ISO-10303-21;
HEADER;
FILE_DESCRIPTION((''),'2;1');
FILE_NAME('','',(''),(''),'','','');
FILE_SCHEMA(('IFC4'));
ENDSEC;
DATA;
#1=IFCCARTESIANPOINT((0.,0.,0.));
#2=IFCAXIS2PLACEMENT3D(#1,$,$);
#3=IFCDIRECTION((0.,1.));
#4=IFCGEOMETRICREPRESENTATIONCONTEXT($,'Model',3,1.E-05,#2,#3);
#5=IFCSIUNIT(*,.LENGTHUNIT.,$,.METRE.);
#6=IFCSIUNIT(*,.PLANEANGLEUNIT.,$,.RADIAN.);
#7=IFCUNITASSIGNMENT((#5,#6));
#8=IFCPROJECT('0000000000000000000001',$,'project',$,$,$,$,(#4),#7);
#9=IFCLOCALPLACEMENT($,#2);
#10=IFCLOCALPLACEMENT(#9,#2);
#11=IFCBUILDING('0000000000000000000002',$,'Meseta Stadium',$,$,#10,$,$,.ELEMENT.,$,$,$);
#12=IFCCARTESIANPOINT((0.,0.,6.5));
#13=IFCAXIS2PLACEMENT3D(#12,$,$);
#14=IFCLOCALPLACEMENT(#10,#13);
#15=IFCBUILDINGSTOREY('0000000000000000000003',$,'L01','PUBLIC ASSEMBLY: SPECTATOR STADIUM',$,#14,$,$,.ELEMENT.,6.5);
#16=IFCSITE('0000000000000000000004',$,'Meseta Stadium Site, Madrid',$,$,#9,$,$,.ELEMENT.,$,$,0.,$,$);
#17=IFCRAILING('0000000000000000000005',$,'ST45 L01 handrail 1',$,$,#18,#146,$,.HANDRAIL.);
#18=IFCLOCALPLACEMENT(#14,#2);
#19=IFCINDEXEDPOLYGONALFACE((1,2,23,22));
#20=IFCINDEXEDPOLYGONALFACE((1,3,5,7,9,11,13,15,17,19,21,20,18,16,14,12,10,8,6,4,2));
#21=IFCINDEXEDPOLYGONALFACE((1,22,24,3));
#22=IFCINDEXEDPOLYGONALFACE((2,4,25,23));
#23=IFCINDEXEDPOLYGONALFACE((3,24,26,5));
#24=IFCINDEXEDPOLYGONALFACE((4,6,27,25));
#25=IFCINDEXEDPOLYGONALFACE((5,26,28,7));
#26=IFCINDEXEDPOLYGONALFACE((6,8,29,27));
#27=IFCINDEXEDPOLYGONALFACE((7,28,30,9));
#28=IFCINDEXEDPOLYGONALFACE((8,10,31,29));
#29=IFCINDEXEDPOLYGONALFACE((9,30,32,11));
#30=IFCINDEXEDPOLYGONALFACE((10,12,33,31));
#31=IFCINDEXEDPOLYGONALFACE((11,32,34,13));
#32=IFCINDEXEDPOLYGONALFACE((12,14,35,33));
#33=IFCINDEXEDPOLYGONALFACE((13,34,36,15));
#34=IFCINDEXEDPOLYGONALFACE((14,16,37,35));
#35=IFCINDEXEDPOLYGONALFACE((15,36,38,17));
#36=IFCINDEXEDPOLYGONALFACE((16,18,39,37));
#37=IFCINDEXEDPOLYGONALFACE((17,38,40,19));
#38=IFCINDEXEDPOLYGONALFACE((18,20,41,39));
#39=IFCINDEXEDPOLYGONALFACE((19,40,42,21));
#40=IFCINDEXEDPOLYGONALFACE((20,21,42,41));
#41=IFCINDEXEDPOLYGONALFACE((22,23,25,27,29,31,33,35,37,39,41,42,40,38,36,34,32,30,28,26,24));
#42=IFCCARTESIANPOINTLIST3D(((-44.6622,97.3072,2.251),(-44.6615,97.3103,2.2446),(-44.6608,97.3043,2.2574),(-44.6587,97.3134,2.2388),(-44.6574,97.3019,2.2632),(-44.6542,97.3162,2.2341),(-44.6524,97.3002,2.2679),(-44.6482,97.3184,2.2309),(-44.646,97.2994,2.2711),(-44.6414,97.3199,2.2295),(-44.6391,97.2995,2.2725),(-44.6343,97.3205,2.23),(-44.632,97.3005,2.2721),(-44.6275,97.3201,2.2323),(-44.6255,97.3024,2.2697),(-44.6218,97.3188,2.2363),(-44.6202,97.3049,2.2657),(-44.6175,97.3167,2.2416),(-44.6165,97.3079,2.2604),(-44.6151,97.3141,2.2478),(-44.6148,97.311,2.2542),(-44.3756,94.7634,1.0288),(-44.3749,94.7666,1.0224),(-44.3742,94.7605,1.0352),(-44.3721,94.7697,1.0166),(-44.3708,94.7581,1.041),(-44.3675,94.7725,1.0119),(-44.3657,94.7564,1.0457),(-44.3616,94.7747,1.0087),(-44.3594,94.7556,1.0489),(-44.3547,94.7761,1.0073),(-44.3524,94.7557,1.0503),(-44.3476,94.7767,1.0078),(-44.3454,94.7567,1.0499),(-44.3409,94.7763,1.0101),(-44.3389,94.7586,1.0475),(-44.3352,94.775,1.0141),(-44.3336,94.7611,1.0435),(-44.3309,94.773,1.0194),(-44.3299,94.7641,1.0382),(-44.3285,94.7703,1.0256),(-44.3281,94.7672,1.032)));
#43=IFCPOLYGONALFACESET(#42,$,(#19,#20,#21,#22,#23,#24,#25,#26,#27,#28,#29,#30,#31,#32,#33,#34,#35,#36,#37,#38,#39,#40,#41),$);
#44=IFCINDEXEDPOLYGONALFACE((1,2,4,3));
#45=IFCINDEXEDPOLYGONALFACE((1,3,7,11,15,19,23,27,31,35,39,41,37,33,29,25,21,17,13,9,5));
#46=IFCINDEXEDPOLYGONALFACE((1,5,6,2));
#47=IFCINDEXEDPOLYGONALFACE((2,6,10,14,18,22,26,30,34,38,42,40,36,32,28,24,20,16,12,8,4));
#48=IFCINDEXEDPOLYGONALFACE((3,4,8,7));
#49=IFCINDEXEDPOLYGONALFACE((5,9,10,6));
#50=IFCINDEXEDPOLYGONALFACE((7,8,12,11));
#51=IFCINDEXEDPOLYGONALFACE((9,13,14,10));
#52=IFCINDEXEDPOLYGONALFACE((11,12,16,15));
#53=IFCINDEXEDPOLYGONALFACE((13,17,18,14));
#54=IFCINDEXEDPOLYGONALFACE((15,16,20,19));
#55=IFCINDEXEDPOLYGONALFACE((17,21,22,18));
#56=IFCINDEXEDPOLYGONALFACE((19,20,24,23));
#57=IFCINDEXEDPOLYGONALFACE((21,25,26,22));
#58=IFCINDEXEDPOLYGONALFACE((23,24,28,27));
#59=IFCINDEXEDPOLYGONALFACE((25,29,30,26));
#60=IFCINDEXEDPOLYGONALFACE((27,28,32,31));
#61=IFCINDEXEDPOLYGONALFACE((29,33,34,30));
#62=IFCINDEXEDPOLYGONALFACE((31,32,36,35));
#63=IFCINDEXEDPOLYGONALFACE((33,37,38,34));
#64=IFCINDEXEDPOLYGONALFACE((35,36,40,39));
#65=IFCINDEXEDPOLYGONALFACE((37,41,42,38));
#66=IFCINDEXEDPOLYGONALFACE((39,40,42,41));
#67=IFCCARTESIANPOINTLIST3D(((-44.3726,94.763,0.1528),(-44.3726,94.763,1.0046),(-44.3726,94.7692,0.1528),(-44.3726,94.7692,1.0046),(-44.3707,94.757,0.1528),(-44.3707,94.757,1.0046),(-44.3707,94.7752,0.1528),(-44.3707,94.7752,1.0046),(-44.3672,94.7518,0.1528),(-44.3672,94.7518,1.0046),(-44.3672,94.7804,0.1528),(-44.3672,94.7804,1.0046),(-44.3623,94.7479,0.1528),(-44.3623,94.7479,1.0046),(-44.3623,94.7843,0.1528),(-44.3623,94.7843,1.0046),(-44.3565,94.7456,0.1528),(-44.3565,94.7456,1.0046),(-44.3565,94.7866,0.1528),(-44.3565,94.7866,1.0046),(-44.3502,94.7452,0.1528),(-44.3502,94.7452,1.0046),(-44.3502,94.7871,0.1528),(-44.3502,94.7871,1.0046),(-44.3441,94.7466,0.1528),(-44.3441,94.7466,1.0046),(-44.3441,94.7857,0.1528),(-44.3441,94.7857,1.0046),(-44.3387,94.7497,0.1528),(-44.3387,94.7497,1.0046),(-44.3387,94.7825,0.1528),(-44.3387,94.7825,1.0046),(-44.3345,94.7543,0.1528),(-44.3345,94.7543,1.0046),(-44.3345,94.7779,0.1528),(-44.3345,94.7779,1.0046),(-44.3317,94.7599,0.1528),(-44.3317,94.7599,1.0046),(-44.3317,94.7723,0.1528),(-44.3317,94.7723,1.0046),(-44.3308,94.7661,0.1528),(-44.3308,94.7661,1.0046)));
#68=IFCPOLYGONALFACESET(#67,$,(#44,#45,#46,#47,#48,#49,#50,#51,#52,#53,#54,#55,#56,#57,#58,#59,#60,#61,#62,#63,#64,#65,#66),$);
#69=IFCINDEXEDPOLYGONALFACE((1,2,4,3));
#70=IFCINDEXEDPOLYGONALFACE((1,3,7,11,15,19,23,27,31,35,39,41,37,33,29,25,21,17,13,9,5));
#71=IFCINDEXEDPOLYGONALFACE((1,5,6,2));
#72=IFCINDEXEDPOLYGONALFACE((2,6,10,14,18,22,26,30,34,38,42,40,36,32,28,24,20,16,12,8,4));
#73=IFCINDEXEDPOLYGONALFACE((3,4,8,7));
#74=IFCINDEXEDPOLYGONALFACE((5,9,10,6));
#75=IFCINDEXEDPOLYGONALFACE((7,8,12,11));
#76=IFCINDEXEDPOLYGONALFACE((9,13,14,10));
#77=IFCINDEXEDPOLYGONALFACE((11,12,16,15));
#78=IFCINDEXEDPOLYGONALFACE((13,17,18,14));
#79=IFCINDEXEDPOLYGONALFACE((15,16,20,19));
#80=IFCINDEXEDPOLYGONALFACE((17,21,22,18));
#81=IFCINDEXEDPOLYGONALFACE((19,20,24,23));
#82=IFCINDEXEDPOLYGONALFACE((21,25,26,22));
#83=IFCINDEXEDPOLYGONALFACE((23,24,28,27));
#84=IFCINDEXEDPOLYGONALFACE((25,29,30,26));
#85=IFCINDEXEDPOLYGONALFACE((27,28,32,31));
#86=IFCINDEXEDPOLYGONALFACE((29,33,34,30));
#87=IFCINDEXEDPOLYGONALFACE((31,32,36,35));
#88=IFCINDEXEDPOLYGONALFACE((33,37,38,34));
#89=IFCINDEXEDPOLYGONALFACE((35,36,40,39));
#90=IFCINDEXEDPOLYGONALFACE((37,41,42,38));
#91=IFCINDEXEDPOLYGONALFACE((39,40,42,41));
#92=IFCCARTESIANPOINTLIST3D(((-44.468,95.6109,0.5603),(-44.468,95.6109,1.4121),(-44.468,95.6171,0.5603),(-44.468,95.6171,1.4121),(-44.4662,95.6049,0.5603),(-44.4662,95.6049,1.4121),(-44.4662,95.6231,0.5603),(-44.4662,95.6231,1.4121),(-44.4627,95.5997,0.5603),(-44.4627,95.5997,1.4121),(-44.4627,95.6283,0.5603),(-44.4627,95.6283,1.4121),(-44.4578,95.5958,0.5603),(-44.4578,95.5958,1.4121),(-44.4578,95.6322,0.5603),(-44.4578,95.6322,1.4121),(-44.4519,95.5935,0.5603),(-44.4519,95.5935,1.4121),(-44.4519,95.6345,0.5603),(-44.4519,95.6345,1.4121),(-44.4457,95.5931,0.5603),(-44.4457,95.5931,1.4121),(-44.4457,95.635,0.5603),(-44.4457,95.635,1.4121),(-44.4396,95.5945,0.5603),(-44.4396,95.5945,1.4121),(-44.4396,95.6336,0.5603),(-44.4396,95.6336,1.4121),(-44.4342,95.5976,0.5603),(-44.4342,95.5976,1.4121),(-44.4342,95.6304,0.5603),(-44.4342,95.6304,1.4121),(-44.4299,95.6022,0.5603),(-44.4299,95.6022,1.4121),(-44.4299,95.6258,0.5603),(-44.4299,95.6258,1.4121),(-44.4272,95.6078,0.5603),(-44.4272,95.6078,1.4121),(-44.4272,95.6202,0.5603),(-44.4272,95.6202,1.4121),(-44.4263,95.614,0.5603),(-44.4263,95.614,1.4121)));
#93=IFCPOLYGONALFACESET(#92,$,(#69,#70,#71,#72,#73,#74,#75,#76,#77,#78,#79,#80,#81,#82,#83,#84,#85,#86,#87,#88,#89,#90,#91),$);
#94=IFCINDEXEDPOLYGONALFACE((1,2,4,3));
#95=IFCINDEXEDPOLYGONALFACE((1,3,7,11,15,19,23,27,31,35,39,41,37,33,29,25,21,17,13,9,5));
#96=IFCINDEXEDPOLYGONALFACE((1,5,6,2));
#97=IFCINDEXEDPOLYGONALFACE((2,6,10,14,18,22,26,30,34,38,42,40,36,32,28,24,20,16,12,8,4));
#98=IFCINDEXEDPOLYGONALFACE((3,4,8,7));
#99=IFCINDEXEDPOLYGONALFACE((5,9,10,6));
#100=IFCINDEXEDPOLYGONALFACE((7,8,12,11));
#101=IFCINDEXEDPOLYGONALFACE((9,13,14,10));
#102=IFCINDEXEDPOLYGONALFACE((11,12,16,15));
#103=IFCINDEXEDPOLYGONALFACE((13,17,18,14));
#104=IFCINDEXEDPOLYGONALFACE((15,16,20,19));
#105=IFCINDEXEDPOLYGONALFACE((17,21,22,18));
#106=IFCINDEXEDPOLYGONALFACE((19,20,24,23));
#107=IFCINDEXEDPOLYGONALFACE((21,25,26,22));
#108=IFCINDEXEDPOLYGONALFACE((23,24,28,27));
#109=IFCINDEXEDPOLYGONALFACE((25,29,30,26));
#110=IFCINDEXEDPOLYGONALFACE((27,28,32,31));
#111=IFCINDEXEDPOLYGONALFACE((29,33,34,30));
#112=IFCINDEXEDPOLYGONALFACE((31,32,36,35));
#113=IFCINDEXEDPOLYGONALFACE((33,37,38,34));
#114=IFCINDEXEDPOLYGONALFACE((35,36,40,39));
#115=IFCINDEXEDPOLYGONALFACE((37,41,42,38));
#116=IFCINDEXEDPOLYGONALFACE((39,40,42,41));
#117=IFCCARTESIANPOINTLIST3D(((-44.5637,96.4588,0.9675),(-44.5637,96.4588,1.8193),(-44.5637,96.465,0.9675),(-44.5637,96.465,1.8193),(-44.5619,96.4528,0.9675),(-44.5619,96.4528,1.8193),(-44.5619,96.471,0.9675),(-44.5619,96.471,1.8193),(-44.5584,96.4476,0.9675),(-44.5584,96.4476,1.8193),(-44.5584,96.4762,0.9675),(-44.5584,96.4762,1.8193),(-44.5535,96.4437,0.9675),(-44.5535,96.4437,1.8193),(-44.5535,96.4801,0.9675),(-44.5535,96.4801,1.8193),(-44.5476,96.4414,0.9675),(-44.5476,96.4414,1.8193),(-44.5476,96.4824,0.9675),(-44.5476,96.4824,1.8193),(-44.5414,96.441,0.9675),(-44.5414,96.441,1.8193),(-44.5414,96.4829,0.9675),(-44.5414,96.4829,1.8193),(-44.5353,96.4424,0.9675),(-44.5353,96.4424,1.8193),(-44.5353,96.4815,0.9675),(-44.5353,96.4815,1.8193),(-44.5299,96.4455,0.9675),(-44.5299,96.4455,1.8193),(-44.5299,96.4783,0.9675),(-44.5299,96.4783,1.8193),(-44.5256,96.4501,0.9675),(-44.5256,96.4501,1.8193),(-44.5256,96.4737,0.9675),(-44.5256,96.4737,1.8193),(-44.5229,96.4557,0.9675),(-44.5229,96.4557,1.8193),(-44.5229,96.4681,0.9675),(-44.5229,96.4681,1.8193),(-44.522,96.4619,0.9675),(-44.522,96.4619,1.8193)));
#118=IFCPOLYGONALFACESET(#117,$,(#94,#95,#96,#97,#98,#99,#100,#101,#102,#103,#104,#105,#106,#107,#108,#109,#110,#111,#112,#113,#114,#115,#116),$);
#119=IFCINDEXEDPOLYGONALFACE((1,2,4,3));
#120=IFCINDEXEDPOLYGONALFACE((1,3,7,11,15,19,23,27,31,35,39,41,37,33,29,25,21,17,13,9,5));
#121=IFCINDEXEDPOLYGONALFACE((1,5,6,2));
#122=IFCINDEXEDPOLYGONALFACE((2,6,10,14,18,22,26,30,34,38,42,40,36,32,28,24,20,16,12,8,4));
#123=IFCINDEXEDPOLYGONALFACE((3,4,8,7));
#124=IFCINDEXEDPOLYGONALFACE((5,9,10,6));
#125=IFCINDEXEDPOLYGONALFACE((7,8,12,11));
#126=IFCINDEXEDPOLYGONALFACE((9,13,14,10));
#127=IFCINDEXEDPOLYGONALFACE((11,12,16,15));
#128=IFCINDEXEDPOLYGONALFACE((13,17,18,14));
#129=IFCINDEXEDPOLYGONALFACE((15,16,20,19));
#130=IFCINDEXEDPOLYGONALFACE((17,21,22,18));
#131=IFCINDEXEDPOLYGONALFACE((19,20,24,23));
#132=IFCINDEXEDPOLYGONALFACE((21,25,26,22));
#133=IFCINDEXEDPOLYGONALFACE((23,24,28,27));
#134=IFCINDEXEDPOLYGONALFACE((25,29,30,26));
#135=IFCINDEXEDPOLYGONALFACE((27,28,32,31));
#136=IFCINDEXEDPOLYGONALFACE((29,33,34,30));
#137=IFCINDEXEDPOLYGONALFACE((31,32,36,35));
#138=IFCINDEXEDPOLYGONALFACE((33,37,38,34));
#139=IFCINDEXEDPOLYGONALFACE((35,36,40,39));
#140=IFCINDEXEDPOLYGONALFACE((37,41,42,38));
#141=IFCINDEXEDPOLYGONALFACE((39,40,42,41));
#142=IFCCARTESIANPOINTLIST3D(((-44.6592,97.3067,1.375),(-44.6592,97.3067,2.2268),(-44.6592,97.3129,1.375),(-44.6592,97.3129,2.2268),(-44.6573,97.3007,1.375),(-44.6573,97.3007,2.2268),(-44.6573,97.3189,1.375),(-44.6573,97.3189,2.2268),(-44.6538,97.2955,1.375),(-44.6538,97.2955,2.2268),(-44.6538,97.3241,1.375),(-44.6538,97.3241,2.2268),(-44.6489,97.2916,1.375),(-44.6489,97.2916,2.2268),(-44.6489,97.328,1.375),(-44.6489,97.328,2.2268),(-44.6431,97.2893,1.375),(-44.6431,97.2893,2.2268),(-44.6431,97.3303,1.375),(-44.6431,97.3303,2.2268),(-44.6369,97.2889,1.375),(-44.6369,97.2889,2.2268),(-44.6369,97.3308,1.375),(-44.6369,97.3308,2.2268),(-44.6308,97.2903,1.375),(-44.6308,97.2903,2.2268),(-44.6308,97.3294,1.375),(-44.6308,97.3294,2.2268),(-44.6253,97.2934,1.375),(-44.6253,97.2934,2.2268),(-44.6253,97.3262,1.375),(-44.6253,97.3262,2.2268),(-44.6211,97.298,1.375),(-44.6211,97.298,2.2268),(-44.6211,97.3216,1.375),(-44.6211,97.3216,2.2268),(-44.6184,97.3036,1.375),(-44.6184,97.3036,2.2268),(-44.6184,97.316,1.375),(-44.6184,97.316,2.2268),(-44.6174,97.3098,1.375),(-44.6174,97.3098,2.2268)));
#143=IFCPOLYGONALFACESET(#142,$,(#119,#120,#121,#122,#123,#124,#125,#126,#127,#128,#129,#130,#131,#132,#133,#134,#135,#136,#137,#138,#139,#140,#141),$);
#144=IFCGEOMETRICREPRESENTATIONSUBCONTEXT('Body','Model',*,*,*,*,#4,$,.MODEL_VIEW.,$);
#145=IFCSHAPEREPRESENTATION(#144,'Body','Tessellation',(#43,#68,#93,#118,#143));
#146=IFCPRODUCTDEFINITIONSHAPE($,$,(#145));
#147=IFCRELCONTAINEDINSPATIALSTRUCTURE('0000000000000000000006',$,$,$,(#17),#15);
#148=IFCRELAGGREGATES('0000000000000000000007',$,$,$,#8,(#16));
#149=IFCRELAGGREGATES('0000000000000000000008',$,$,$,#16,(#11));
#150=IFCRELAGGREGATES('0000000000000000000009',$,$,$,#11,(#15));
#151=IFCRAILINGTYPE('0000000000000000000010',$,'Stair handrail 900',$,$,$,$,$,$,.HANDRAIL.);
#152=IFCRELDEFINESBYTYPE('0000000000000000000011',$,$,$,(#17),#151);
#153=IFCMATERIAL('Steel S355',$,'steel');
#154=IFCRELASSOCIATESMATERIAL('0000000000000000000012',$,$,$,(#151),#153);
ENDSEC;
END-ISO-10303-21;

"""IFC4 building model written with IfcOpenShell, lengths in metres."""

from ifc_helpers import new_model, si_unit, direction, frame, origin, origin_2d, place, context, subcontext, project, spatial, circle, extrude, material, type_object, element, save


model = new_model("IFC4")

# Units and contexts
model_context = context("Model", 3, precision=1e-05, world=origin(), true_north=direction((0.0, 1.0)))
body_context = subcontext(model_context, "Body", "Model", "MODEL_VIEW")
ifc_project = project(units=[si_unit("LENGTHUNIT", "METRE"), si_unit("PLANEANGLEUNIT", "RADIAN")], contexts=[model_context])

# Site, building, storey
site_placement = place(None, origin())
site = spatial("IfcSite", under=ifc_project, at=site_placement, Name="Meseta Stadium Site, Madrid", CompositionType="ELEMENT", RefElevation=0.0)
building_placement = place(site_placement, origin())
building = spatial("IfcBuilding", under=site, at=building_placement, Name="Meseta Stadium", CompositionType="ELEMENT")
storey_placement = place(building_placement, frame((0.0, 0.0, 6.5)))
storey = spatial("IfcBuildingStorey", under=building, at=storey_placement, Name="L01", Description="PUBLIC ASSEMBLY: SPECTATOR STADIUM", CompositionType="ELEMENT", Elevation=6.5)

# Railing
ifc_material_1 = material(Name="Steel S355", Category="steel")
railing_type_1 = type_object("IfcRailingType", Name="Stair handrail 900", PredefinedType="HANDRAIL", material=ifc_material_1)
railing_1_placement = place(storey_placement, frame((-44.3518, 94.7661, 0.1528)))
element("IfcRailing", 1, at=railing_1_placement, inside=storey, type_object=railing_type_1, Name="ST45 L01 handrail 1", PredefinedType="HANDRAIL", context=body_context, shape_type="SweptSolid", body=[
    extrude(circle(Radius=0.0239, at=origin_2d()), frame((0.0, 0.0, 0.876), z_axis=(-0.101044, 0.896745, 0.430858), x_axis=(-0.993712, -0.11197, 0.0)), (0.0, 0.0, 1.0), 2.8367),
    extrude(circle(Radius=0.021, at=origin_2d()), origin(), (0.0, 0.0, 1.0), 0.8518),
    extrude(circle(Radius=0.021, at=origin_2d()), frame((-0.0955, 0.8479, 0.4075)), (0.0, 0.0, 1.0), 0.8518),
    extrude(circle(Radius=0.021, at=origin_2d()), frame((-0.1912, 1.6958, 0.8147)), (0.0, 0.0, 1.0), 0.8518),
    extrude(circle(Radius=0.021, at=origin_2d()), frame((-0.2866, 2.5437, 1.2222)), (0.0, 0.0, 1.0), 0.8518),
])

save(model, "model.ifc")
